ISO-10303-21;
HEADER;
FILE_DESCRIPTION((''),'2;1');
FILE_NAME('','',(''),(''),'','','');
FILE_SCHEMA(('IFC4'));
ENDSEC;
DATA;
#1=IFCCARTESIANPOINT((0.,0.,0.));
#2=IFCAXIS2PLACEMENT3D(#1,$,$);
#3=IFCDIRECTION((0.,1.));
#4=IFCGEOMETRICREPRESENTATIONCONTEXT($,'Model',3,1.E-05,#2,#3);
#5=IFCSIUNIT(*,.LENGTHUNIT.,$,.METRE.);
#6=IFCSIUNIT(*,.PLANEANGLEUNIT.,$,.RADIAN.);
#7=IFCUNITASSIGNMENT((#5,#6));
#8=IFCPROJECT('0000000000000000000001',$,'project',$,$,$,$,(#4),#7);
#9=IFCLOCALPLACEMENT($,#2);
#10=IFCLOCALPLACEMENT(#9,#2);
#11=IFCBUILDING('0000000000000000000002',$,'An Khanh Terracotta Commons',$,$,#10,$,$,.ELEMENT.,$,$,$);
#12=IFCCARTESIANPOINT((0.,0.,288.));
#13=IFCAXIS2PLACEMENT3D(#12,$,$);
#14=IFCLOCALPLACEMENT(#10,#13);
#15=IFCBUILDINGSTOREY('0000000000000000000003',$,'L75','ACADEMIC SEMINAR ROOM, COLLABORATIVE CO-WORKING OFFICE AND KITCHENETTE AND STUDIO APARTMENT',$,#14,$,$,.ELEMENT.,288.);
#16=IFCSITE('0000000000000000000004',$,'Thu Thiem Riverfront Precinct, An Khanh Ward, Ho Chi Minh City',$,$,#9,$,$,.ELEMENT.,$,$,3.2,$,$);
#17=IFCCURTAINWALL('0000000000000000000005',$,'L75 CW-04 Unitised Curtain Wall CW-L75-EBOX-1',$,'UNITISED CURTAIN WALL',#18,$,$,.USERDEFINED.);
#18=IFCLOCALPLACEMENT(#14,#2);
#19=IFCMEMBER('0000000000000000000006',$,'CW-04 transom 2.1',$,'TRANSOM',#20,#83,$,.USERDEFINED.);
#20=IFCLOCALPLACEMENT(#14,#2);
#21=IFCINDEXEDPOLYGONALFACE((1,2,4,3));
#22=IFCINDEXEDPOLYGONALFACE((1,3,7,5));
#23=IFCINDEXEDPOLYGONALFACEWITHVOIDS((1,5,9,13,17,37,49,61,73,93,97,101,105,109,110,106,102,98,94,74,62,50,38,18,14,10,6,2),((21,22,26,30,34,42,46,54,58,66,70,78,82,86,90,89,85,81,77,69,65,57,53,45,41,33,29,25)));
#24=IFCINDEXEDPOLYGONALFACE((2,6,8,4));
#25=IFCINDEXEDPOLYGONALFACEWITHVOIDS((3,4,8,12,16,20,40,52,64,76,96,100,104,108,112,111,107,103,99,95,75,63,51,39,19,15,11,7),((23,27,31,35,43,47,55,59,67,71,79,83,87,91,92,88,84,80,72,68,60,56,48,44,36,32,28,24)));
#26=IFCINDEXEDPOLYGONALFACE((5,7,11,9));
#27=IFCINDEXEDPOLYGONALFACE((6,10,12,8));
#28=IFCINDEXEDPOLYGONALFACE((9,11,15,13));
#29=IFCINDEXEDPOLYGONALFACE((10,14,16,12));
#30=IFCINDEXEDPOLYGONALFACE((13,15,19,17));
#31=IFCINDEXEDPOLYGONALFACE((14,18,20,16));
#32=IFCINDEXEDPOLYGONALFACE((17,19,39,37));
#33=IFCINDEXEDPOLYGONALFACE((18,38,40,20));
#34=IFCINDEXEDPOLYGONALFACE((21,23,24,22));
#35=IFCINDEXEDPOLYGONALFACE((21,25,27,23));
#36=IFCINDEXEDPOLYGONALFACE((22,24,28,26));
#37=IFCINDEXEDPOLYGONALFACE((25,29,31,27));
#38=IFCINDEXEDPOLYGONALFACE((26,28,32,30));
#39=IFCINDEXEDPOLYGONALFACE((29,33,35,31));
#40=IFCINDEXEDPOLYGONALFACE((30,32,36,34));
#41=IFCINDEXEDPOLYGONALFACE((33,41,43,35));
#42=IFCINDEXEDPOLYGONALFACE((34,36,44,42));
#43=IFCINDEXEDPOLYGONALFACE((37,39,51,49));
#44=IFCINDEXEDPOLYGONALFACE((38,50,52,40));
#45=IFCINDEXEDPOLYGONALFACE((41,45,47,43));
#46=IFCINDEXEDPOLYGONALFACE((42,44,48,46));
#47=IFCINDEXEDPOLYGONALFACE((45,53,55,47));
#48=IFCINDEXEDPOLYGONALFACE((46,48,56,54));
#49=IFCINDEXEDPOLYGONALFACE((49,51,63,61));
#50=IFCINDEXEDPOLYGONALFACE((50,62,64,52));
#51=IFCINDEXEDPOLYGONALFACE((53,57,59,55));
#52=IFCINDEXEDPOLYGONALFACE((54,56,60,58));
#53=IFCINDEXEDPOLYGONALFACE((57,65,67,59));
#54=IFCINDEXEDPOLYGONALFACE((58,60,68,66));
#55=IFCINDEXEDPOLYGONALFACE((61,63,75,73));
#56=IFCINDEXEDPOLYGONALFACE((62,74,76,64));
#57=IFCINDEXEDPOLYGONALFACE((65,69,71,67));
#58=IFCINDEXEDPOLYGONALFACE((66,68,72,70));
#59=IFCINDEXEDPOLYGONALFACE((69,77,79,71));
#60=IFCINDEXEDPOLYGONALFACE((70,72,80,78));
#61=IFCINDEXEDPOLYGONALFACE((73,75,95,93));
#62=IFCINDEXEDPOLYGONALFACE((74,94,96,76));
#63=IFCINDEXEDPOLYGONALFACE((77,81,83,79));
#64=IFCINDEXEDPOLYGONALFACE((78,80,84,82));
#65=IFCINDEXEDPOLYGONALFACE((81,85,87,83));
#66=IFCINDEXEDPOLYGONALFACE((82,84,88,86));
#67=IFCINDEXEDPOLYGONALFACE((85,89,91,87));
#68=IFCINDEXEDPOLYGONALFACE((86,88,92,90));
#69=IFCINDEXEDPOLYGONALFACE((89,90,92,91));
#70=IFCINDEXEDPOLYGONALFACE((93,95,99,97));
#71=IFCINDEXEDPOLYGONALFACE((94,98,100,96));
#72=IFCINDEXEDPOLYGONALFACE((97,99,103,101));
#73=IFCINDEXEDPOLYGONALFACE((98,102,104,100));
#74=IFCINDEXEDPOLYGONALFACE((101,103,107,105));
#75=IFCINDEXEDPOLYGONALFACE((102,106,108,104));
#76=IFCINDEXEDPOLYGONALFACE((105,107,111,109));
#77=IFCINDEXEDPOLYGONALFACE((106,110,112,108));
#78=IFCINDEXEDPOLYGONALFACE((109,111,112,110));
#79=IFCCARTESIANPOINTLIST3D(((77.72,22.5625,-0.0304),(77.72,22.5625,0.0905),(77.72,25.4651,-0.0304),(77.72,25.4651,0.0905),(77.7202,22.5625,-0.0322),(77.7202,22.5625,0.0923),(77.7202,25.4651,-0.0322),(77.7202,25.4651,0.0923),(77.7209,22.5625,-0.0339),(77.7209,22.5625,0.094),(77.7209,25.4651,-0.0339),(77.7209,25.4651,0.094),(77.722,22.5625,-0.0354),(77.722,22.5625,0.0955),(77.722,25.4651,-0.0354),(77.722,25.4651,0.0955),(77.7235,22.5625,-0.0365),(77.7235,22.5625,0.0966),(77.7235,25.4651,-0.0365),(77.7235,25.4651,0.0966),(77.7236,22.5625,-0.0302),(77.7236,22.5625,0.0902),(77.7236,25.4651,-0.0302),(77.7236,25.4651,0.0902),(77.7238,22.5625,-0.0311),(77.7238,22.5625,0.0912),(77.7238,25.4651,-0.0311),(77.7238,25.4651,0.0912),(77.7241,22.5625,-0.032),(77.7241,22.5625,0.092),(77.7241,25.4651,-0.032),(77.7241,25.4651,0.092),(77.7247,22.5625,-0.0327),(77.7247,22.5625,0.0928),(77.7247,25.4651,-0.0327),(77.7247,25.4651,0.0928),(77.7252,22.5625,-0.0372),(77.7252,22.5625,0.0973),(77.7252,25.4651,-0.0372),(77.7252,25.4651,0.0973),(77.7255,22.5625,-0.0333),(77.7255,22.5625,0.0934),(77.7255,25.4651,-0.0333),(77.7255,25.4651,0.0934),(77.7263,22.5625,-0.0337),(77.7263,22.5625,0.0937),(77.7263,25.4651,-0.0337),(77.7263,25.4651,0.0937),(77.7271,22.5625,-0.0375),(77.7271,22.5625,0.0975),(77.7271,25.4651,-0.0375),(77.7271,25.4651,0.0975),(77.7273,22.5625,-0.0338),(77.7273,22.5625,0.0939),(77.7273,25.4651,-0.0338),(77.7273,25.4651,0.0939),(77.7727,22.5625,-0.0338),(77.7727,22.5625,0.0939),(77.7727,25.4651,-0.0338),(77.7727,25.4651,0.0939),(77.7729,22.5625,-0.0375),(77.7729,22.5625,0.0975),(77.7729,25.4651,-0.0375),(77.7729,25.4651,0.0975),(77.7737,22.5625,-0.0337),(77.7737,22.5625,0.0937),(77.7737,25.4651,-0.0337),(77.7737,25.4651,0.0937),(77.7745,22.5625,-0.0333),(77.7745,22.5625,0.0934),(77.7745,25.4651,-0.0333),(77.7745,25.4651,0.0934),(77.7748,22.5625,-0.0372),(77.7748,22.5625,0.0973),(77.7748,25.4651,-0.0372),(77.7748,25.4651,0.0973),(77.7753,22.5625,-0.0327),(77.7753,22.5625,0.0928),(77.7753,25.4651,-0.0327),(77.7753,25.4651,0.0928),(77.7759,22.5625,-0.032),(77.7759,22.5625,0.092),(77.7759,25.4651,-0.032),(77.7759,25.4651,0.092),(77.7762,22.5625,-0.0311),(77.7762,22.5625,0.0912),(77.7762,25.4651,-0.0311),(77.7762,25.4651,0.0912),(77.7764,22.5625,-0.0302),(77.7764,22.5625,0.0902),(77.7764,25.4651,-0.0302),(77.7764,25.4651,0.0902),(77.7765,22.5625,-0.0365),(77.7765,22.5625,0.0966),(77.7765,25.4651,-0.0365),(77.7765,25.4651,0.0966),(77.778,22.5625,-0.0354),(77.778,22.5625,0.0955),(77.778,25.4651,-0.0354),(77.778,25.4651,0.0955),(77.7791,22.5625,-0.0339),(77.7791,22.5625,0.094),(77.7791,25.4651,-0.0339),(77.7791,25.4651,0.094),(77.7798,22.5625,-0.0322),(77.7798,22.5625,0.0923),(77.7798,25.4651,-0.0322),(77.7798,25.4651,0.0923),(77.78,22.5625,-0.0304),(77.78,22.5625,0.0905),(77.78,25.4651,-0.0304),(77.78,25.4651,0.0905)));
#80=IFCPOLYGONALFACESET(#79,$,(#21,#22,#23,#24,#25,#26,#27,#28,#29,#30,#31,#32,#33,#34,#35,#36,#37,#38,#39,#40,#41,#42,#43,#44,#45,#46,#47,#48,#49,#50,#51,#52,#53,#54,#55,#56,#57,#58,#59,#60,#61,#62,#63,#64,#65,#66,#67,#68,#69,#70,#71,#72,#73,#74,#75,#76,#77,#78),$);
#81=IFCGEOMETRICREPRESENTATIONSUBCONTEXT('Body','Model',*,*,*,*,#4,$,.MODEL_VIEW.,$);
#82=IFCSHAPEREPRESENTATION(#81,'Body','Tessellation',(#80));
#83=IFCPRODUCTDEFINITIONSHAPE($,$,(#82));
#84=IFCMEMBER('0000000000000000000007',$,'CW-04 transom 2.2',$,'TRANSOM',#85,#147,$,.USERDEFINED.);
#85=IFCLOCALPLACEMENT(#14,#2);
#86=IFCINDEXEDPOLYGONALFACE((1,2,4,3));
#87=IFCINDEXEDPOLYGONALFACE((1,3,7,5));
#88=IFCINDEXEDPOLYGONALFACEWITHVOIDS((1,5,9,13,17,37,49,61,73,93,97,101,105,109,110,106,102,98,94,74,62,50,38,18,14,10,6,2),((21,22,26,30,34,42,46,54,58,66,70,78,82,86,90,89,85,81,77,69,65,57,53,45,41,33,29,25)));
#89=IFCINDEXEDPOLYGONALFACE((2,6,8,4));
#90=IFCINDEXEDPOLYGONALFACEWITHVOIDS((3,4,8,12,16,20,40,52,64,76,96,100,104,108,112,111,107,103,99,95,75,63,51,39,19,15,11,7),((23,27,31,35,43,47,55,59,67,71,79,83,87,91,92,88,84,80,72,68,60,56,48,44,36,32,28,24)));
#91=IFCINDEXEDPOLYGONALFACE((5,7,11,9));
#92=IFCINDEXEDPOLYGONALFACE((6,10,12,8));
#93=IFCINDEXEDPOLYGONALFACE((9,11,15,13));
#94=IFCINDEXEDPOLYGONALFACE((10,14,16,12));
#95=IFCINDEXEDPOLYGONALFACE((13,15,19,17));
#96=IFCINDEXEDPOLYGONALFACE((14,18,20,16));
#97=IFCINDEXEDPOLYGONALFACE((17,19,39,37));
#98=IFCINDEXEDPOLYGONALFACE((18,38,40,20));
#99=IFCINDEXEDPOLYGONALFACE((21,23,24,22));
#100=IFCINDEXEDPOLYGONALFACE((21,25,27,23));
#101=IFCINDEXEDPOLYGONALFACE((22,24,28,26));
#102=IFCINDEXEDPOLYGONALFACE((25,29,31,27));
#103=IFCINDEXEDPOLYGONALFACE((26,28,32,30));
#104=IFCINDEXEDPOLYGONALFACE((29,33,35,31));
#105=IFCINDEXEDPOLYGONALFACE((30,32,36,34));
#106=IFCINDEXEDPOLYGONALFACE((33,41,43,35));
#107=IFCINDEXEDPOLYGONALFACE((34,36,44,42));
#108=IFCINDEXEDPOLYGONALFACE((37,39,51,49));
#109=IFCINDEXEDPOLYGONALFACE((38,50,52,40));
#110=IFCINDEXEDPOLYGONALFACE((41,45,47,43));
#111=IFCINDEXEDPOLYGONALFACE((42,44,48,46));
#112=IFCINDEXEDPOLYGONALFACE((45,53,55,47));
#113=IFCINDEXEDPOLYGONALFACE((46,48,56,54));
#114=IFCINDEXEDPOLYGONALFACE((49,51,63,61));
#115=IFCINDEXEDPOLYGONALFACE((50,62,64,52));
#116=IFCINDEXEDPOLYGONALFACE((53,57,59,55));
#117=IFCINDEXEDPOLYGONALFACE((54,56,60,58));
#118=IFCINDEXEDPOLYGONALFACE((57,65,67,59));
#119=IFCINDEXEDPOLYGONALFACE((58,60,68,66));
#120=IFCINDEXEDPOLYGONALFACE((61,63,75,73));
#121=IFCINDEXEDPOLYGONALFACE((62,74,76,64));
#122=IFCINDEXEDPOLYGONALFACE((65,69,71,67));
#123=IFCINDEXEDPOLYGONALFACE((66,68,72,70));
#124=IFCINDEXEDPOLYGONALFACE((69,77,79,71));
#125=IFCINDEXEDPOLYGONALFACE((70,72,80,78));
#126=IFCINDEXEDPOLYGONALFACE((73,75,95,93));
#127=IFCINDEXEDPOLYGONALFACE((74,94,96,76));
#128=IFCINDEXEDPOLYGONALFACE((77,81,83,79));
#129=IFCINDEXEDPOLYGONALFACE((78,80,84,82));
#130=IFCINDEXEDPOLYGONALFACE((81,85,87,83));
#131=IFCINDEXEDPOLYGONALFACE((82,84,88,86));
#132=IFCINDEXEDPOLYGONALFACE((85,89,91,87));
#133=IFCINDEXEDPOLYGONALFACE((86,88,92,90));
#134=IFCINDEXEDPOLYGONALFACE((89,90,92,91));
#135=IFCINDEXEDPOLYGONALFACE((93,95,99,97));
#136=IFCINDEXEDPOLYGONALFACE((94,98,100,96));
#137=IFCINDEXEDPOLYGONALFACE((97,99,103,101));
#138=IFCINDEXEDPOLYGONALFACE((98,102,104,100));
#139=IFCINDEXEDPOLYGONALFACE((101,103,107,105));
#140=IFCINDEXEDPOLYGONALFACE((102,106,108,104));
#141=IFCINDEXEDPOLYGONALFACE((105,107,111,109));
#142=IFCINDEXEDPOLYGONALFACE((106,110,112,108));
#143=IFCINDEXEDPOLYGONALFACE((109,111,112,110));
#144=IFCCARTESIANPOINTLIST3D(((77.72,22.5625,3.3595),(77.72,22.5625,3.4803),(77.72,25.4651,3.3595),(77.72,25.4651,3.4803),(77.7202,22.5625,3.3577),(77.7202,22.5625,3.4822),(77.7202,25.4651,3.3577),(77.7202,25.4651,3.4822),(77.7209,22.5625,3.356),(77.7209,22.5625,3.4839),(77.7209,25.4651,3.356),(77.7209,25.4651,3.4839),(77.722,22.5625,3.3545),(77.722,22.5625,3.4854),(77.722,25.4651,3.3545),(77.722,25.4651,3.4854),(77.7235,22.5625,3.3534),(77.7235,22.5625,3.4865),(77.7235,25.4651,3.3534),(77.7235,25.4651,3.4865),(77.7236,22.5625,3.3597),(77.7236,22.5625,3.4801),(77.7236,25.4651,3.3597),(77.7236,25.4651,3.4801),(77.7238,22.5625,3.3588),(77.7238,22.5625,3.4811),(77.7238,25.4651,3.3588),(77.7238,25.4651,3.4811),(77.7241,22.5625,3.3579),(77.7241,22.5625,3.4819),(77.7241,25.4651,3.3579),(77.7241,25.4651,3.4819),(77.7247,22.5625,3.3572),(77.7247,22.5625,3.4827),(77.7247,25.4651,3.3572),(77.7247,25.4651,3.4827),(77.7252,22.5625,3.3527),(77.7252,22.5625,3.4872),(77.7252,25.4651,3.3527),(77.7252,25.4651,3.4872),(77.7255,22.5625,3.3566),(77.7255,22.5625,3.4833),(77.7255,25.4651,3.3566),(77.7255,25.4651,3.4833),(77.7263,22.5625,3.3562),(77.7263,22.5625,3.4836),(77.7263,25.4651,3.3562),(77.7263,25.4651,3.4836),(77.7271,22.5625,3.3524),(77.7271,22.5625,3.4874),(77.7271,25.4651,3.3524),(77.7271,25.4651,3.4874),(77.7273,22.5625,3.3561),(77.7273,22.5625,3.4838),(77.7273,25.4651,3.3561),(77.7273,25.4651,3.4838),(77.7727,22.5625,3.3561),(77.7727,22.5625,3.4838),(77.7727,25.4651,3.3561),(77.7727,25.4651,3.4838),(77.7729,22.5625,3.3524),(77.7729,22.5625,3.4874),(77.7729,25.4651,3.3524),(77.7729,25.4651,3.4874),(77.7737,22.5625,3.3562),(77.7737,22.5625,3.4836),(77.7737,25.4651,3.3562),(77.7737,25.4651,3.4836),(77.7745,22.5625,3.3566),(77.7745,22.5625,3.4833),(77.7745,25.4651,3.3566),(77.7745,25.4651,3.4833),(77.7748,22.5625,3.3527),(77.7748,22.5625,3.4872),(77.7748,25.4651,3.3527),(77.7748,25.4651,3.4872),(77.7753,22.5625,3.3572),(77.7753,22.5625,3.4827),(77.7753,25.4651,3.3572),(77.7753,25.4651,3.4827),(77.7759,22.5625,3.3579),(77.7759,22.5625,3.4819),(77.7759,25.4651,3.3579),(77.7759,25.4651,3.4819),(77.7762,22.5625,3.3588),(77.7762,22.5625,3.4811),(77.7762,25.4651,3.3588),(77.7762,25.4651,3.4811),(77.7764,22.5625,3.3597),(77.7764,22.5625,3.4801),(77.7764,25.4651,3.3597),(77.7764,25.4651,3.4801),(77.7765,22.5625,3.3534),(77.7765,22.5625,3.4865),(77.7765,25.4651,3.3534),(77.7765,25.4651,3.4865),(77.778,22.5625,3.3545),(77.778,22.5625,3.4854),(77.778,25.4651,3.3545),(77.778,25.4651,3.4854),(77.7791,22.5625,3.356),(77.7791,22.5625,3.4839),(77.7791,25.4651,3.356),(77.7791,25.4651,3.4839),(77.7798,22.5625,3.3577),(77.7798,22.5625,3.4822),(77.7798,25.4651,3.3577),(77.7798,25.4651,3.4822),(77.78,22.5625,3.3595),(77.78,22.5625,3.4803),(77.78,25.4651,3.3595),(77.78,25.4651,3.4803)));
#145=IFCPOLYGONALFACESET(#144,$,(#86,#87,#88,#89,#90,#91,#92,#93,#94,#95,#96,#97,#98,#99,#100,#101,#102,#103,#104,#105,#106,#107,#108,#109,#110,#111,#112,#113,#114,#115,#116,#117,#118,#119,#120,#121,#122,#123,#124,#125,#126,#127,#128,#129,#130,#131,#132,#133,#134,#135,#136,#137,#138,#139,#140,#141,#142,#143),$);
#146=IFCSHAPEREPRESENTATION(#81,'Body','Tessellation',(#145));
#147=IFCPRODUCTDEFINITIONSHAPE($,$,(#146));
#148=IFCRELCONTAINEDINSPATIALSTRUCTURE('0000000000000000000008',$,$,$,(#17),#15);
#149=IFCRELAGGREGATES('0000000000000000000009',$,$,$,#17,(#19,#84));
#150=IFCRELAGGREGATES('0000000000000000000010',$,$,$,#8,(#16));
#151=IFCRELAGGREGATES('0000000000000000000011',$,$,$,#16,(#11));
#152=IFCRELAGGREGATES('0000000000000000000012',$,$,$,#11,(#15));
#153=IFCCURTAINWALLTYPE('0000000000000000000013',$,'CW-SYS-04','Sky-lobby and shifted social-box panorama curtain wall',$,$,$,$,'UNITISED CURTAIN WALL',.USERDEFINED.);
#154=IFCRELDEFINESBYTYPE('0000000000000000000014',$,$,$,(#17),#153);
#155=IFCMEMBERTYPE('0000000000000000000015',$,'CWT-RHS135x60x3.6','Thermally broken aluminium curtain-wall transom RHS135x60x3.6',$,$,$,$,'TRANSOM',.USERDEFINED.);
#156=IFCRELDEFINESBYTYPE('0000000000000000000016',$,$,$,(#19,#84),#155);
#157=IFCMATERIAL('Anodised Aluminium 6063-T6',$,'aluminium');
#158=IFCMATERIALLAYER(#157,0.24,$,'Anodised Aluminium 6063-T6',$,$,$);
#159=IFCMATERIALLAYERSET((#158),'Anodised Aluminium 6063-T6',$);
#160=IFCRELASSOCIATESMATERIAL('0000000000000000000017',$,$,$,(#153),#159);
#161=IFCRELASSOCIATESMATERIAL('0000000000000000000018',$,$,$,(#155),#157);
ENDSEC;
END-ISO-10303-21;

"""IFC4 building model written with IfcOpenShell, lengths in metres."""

from ifc_helpers import new_model, si_unit, direction, frame, origin, origin_2d, place, context, subcontext, project, spatial, hollow_rectangle, extrude, material, layer, layer_set, material_profile, profile_set, type_object, element, aggregate, save


model = new_model("IFC4")

# Units and contexts
model_context = context("Model", 3, precision=1e-05, world=origin(), true_north=direction((0.0, 1.0)))
body_context = subcontext(model_context, "Body", "Model", "MODEL_VIEW")
ifc_project = project(units=[si_unit("LENGTHUNIT", "METRE"), si_unit("PLANEANGLEUNIT", "RADIAN")], contexts=[model_context])

# Site, building, storey
site_placement = place(None, origin())
site = spatial("IfcSite", under=ifc_project, at=site_placement, Name="Thu Thiem Riverfront Precinct, An Khanh Ward, Ho Chi Minh City", CompositionType="ELEMENT", RefElevation=3.2)
building_placement = place(site_placement, origin())
building = spatial("IfcBuilding", under=site, at=building_placement, Name="An Khanh Terracotta Commons", CompositionType="ELEMENT")
storey_placement = place(building_placement, frame((0.0, 0.0, 288.0)))
storey = spatial("IfcBuildingStorey", under=building, at=storey_placement, Name="L75", Description="ACADEMIC SEMINAR ROOM, COLLABORATIVE CO-WORKING OFFICE AND KITCHENETTE AND STUDIO APARTMENT", CompositionType="ELEMENT", Elevation=288.0)

# Curtain wall
ifc_material_1 = material(Name="Anodised Aluminium 6063-T6", Category="aluminium")
ifc_layer_1 = layer(ifc_material_1, 0.24, Name="Anodised Aluminium 6063-T6")
ifc_layer_set_1 = layer_set([ifc_layer_1], Name="Anodised Aluminium 6063-T6")
curtain_wall_type_1 = type_object("IfcCurtainWallType", Name="CW-SYS-04", Description="Sky-lobby and shifted social-box panorama curtain wall", ElementType="UNITISED CURTAIN WALL", PredefinedType="USERDEFINED", material=ifc_layer_set_1)
curtain_wall_1_placement = place(storey_placement, origin())
curtain_wall_1 = element("IfcCurtainWall", 1, at=curtain_wall_1_placement, inside=storey, type_object=curtain_wall_type_1, Name="L75 CW-04 Unitised Curtain Wall CW-L75-EBOX-1", ObjectType="UNITISED CURTAIN WALL", PredefinedType="USERDEFINED")

# Members
ifc_material_profile_1 = material_profile(ifc_material_1, hollow_rectangle(XDim=0.0601, YDim=0.135, WallThickness=0.0037, InnerFilletRadius=0.0037, OuterFilletRadius=0.0071, at=origin_2d()), Name="RHS135x60x3.6")
ifc_profile_set_1 = profile_set([ifc_material_profile_1], Name="Anodised Aluminium 6063-T6")
member_type_1 = type_object("IfcMemberType", Name="CWT-RHS135x60x3.6", Description="Thermally broken aluminium curtain-wall transom RHS135x60x3.6", ElementType="TRANSOM", PredefinedType="USERDEFINED", material=ifc_profile_set_1)
member_1_placement = place(storey_placement, frame((77.75, 22.5625, 0.03), z_axis=(0.0, 1.0, 0.0), x_axis=(-1.0, 0.0, 0.0)))
member_1 = element("IfcMember", 2, at=member_1_placement, type_object=member_type_1, Name="CW-04 transom 2.1", ObjectType="TRANSOM", PredefinedType="USERDEFINED", context=body_context, shape_type="SweptSolid", body=[
    extrude(hollow_rectangle(XDim=0.0601, YDim=0.135, WallThickness=0.0037, InnerFilletRadius=0.0037, OuterFilletRadius=0.0071, at=origin_2d()), origin(), (0.0, 0.0, 1.0), 2.9026),
])
member_2_placement = place(storey_placement, frame((77.75, 22.5625, 3.4199), z_axis=(0.0, 1.0, 0.0), x_axis=(-1.0, 0.0, 0.0)))
member_2 = element("IfcMember", 3, at=member_2_placement, type_object=member_type_1, Name="CW-04 transom 2.2", ObjectType="TRANSOM", PredefinedType="USERDEFINED", context=body_context, shape_type="SweptSolid", body=[
    extrude(hollow_rectangle(XDim=0.0601, YDim=0.135, WallThickness=0.0037, InnerFilletRadius=0.0037, OuterFilletRadius=0.0071, at=origin_2d()), origin(), (0.0, 0.0, 1.0), 2.9026),
])

aggregate(curtain_wall_1, [member_1, member_2])

save(model, "model.ifc")
